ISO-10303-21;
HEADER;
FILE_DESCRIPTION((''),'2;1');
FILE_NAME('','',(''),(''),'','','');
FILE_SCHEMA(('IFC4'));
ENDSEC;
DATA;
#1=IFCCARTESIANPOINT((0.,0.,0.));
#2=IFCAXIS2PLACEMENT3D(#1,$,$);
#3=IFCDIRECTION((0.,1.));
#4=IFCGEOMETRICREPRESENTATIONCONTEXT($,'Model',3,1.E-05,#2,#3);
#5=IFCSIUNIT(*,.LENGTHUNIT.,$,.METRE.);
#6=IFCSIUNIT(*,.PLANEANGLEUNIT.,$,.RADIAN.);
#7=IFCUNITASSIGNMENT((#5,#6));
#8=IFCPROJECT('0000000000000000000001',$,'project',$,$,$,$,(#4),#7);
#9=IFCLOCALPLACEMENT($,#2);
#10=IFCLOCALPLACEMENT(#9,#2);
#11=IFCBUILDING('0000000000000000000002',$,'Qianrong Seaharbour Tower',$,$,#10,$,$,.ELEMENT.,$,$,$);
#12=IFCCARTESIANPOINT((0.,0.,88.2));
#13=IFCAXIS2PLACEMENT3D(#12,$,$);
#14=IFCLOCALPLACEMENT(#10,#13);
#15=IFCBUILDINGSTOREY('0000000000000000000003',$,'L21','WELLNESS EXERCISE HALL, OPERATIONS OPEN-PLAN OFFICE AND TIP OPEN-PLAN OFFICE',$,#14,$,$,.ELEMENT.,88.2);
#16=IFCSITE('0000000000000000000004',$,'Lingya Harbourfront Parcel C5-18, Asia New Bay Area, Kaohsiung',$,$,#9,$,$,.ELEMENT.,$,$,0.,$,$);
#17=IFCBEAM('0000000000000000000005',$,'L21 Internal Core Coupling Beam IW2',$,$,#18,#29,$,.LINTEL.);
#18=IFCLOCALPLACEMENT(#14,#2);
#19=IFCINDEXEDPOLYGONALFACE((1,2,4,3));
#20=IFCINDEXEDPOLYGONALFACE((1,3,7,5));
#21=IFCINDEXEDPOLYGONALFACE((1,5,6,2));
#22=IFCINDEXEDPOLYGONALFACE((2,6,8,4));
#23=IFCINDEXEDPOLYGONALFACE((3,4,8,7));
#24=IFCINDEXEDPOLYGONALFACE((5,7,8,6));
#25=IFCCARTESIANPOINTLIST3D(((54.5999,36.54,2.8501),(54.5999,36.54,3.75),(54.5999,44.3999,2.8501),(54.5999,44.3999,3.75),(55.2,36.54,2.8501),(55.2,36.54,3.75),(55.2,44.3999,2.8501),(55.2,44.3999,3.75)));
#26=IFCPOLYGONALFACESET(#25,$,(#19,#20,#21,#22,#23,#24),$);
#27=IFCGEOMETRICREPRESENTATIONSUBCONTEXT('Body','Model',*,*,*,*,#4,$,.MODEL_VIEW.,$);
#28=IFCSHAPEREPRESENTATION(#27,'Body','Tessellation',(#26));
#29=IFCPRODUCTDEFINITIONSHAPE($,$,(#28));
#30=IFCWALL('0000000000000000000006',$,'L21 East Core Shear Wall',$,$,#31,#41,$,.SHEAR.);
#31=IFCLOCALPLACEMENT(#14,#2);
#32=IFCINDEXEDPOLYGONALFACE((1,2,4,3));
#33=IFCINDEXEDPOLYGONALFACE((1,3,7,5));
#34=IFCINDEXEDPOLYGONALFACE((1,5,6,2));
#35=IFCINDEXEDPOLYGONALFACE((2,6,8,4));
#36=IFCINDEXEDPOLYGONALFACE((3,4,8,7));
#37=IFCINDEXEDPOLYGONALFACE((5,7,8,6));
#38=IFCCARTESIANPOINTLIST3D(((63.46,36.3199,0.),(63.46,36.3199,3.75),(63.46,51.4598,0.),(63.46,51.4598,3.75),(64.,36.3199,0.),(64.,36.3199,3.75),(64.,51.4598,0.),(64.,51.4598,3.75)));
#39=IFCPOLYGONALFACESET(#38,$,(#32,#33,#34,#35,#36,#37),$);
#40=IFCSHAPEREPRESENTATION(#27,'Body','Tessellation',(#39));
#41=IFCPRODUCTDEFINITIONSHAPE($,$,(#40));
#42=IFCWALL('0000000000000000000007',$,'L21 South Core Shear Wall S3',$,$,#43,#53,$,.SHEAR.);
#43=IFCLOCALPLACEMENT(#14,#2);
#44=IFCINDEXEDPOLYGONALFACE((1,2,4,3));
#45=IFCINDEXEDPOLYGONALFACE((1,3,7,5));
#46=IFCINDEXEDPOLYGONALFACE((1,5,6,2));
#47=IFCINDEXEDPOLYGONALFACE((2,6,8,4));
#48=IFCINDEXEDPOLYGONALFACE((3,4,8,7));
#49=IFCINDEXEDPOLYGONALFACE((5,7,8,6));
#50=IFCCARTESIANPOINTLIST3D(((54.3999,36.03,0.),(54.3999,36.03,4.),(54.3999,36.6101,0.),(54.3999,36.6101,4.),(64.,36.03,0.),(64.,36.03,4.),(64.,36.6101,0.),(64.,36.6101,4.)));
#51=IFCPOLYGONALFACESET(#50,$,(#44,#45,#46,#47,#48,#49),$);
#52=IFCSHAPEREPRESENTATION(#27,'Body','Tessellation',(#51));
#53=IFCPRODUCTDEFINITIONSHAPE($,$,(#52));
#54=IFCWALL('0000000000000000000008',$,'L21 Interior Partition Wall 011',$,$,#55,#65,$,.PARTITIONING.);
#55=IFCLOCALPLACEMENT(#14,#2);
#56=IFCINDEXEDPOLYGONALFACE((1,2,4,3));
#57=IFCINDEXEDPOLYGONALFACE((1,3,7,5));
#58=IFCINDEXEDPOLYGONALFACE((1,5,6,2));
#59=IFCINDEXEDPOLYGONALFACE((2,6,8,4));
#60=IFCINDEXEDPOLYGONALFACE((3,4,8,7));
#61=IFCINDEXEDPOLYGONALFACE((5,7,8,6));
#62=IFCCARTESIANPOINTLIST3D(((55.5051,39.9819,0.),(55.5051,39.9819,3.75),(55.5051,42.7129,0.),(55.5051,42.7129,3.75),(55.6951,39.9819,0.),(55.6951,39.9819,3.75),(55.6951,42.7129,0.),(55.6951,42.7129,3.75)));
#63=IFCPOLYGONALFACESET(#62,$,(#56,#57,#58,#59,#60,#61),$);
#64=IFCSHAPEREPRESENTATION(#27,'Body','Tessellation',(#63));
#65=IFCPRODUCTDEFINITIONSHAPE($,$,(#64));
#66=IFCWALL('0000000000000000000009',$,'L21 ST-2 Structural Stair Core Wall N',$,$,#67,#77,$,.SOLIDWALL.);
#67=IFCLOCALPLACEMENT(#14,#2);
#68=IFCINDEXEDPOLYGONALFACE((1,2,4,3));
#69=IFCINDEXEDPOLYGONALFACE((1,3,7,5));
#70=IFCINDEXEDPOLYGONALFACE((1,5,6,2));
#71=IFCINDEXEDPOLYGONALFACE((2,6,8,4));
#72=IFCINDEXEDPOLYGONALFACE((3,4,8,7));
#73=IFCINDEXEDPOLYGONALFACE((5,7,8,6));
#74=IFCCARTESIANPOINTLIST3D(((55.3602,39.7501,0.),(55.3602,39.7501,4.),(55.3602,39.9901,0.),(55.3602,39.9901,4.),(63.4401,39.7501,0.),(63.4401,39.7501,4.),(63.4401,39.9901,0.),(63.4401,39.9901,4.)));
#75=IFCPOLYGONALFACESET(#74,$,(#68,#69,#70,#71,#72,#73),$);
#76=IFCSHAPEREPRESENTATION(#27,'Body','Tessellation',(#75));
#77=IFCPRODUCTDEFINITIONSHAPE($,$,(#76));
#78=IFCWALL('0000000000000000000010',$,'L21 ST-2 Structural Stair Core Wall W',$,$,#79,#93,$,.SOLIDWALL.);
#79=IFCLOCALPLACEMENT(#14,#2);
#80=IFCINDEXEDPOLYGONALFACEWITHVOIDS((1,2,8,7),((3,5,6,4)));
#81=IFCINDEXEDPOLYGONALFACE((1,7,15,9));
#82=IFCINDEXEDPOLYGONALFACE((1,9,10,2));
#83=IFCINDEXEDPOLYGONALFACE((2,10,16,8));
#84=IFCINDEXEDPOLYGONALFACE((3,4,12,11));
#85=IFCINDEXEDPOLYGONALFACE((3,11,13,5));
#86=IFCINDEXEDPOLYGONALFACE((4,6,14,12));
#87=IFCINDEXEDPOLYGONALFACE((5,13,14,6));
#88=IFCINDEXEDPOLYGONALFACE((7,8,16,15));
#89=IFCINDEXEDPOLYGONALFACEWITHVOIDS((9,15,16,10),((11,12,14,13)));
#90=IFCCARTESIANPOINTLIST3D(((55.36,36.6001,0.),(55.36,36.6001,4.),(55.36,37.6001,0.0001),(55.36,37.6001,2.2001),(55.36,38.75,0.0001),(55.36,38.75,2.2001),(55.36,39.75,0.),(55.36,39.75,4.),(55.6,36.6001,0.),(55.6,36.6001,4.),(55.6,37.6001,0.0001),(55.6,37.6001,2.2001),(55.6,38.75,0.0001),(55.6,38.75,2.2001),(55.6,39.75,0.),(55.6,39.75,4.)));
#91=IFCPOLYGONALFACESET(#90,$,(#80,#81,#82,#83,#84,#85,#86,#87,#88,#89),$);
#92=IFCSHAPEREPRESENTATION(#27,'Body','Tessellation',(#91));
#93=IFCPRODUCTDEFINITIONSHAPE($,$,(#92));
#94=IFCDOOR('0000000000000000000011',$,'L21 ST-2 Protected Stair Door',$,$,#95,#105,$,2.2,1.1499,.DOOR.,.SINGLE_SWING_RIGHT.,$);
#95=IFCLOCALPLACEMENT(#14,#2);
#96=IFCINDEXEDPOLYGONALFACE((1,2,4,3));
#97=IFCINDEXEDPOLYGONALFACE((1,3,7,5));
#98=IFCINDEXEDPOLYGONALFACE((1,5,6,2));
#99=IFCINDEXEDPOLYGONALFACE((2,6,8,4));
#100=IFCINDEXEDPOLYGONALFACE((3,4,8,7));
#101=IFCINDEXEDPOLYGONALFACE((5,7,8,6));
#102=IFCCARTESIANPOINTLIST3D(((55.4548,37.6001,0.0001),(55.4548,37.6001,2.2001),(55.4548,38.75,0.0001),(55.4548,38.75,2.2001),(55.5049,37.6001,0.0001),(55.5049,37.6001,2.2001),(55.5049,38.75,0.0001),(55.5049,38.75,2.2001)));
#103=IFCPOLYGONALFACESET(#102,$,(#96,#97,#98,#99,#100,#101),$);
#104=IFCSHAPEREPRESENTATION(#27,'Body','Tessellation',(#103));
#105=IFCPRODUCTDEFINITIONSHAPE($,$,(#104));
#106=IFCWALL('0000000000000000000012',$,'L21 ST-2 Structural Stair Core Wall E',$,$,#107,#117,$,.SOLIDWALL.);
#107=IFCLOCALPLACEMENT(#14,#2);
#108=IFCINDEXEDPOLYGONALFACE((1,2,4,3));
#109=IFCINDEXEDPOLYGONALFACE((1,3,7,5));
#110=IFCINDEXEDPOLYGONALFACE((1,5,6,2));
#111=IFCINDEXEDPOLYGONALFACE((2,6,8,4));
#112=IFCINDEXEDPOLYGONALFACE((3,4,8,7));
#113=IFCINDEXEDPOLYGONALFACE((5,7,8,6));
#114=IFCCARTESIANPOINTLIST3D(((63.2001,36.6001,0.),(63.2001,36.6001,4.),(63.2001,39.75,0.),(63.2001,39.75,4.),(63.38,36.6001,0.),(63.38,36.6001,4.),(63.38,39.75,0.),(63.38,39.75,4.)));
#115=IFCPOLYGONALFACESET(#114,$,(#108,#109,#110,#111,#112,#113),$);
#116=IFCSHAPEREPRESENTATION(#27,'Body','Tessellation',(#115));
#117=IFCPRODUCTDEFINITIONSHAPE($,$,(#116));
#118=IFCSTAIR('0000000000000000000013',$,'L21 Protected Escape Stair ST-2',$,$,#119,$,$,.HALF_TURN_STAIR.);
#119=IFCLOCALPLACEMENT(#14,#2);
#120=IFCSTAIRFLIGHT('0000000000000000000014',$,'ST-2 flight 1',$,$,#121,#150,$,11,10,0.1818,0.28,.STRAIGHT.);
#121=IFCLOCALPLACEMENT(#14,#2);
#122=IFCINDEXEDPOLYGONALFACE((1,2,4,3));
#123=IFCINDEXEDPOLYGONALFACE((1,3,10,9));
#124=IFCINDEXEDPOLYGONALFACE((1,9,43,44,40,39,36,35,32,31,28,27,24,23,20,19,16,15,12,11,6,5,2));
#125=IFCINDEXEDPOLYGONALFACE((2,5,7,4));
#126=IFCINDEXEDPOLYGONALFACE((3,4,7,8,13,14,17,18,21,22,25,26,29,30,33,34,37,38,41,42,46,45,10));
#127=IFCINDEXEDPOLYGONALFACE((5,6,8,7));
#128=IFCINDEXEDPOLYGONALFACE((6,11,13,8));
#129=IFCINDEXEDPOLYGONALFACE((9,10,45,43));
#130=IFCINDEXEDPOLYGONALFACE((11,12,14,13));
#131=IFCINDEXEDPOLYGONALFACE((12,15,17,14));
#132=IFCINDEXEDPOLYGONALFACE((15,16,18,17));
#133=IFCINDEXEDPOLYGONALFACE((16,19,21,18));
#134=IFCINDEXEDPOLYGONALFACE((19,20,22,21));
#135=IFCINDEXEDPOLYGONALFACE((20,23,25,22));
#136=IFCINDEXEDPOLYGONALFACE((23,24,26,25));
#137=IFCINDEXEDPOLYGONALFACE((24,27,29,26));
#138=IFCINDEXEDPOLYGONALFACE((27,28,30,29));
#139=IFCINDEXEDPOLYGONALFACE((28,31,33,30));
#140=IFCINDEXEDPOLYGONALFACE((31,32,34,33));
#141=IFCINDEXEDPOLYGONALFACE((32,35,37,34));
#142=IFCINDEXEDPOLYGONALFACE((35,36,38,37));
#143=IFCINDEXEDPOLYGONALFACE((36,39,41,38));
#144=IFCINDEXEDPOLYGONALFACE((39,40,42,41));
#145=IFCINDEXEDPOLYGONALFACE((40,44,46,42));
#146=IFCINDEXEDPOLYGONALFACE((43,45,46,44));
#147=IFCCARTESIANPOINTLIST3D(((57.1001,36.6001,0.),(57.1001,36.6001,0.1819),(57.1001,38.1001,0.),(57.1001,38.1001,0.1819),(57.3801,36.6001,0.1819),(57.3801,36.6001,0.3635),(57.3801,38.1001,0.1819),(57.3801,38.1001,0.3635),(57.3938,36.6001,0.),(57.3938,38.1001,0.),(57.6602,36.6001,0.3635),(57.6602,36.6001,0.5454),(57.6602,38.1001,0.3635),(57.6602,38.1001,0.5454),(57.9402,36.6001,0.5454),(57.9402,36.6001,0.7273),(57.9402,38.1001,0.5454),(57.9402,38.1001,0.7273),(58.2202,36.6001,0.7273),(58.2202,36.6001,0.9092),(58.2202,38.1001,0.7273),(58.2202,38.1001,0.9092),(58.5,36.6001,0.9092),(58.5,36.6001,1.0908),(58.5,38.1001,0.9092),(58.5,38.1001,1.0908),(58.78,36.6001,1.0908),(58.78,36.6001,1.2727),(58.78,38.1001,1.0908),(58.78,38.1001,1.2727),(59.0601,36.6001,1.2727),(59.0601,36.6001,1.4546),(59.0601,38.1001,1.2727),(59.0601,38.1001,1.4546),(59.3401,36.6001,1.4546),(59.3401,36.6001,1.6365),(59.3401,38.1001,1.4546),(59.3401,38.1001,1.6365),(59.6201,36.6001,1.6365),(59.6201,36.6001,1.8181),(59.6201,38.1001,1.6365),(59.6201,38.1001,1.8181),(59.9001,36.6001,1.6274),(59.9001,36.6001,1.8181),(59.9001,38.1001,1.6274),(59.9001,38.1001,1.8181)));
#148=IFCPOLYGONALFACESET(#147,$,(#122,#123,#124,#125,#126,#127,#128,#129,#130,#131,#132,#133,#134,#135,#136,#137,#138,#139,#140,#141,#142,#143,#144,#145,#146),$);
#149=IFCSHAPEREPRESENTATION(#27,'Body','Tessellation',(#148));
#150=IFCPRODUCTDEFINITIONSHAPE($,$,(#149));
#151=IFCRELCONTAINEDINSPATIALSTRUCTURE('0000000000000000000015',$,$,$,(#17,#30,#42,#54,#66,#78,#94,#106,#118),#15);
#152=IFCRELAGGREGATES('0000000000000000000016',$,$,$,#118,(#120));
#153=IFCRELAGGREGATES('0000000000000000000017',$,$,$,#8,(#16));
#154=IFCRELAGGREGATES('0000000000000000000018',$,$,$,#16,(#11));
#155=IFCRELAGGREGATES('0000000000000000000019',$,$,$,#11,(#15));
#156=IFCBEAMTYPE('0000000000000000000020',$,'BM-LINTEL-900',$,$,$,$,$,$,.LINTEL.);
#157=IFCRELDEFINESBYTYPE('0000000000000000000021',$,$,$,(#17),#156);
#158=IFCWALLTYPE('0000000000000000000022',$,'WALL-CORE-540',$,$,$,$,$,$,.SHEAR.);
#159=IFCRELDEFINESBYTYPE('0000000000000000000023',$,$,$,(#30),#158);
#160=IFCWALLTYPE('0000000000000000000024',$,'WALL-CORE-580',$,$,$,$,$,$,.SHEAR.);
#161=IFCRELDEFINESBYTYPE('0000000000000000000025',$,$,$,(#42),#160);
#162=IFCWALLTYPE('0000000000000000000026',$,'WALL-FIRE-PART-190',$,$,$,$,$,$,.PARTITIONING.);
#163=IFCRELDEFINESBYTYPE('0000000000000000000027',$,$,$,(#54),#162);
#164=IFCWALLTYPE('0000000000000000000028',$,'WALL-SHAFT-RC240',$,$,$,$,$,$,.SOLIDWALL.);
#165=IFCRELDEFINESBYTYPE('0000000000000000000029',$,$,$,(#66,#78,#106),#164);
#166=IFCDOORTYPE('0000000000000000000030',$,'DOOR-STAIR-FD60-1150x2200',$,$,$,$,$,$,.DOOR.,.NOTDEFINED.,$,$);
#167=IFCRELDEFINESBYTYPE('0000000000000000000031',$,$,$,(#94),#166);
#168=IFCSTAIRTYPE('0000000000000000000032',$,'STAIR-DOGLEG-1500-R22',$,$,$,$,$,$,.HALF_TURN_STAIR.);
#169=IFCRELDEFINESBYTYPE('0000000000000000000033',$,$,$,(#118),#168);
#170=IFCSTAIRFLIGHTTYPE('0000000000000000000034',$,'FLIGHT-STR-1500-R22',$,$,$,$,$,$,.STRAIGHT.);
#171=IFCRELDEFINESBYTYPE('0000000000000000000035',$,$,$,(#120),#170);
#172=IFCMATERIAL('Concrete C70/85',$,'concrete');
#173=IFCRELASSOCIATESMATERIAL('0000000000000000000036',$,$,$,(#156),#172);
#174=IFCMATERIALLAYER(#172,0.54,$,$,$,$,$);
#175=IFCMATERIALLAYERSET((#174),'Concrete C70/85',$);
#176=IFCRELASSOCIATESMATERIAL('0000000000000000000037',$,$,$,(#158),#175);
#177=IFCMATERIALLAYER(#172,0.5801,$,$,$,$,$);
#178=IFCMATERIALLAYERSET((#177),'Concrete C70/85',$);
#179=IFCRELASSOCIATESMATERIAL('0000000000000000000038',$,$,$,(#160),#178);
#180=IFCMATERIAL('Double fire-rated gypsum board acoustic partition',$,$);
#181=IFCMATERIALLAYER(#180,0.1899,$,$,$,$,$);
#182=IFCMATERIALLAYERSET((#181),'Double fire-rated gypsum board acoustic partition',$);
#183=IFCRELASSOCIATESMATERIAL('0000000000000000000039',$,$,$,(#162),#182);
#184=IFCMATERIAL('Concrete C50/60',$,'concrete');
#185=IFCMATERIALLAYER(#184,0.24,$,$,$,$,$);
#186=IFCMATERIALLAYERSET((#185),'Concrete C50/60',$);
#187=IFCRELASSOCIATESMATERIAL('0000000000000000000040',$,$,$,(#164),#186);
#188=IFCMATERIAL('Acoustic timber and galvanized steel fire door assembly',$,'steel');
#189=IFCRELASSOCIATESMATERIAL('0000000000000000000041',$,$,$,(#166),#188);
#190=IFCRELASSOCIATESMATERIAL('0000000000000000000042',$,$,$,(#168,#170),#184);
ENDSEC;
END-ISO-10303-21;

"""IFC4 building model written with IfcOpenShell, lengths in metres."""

from ifc_helpers import new_model, si_unit, direction, frame, frame_2d, origin, origin_2d, place, context, subcontext, project, spatial, polyline, rectangle, outline, extrude, material, layer, layer_set, material_profile, profile_set, type_object, element, fill, aggregate, save


model = new_model("IFC4")

# Units and contexts
model_context = context("Model", 3, precision=1e-05, world=origin(), true_north=direction((0.0, 1.0)))
body_context = subcontext(model_context, "Body", "Model", "MODEL_VIEW")
ifc_project = project(units=[si_unit("LENGTHUNIT", "METRE"), si_unit("PLANEANGLEUNIT", "RADIAN")], contexts=[model_context])

# Site, building, storey
site_placement = place(None, origin())
site = spatial("IfcSite", under=ifc_project, at=site_placement, Name="Lingya Harbourfront Parcel C5-18, Asia New Bay Area, Kaohsiung", CompositionType="ELEMENT", RefElevation=0.0)
building_placement = place(site_placement, origin())
building = spatial("IfcBuilding", under=site, at=building_placement, Name="Qianrong Seaharbour Tower", CompositionType="ELEMENT")
storey_placement = place(building_placement, frame((0.0, 0.0, 88.2)))
storey = spatial("IfcBuildingStorey", under=building, at=storey_placement, Name="L21", Description="WELLNESS EXERCISE HALL, OPERATIONS OPEN-PLAN OFFICE AND TIP OPEN-PLAN OFFICE", CompositionType="ELEMENT", Elevation=88.2)

# Beam
ifc_material_1 = material(Name="Concrete C70/85", Category="concrete")
ifc_material_profile = material_profile(ifc_material_1, rectangle(XDim=0.6001, YDim=0.8999, at=origin_2d()), Name="RC600x900")
ifc_profile_set = profile_set([ifc_material_profile], Name="Concrete C70/85")
beam_type = type_object("IfcBeamType", Name="BM-LINTEL-900", PredefinedType="LINTEL", material=ifc_profile_set)
beam_placement = place(storey_placement, frame((54.8999, 36.54, 3.3), z_axis=(0.0, 1.0, 0.0), x_axis=(-1.0, 0.0, 0.0)))
element("IfcBeam", 1, at=beam_placement, inside=storey, type_object=beam_type, Name="L21 Internal Core Coupling Beam IW2", PredefinedType="LINTEL", context=body_context, shape_type="SweptSolid", body=[
    extrude(rectangle(XDim=0.6001, YDim=0.8999, at=origin_2d()), origin(), (0.0, 0.0, 1.0), 7.8599),
])

# Walls
ifc_layer_1 = layer(ifc_material_1, 0.54)
ifc_layer_set_1 = layer_set([ifc_layer_1], Name="Concrete C70/85")
wall_type_1 = type_object("IfcWallType", Name="WALL-CORE-540", PredefinedType="SHEAR", material=ifc_layer_set_1)
wall_1_placement = place(storey_placement, frame((63.73, 36.3201, 0.0), z_axis=(0.0, 0.0, 1.0), x_axis=(0.0, 1.0, 0.0)))
element("IfcWall", 2, at=wall_1_placement, inside=storey, type_object=wall_type_1, Name="L21 East Core Shear Wall", PredefinedType="SHEAR", context=body_context, shape_type="SweptSolid", body=[
    extrude(rectangle(XDim=15.1399, YDim=0.54, at=frame_2d((7.5698, 0.0))), origin(), (0.0, 0.0, 1.0), 3.75),
])
ifc_layer_2 = layer(ifc_material_1, 0.5801)
ifc_layer_set_2 = layer_set([ifc_layer_2], Name="Concrete C70/85")
wall_type_2 = type_object("IfcWallType", Name="WALL-CORE-580", PredefinedType="SHEAR", material=ifc_layer_set_2)
wall_2_placement = place(storey_placement, frame((54.3999, 36.3201, 0.0), z_axis=(0.0, 0.0, 1.0), x_axis=(1.0, 0.0, 0.0)))
element("IfcWall", 3, at=wall_2_placement, inside=storey, type_object=wall_type_2, Name="L21 South Core Shear Wall S3", PredefinedType="SHEAR", context=body_context, shape_type="SweptSolid", body=[
    extrude(rectangle(XDim=9.6001, YDim=0.5801, at=frame_2d((4.8, 0.0))), origin(), (0.0, 0.0, 1.0), 4.0),
])
ifc_material_2 = material(Name="Double fire-rated gypsum board acoustic partition")
ifc_layer_3 = layer(ifc_material_2, 0.1899)
ifc_layer_set_3 = layer_set([ifc_layer_3], Name="Double fire-rated gypsum board acoustic partition")
wall_type_3 = type_object("IfcWallType", Name="WALL-FIRE-PART-190", PredefinedType="PARTITIONING", material=ifc_layer_set_3)
wall_3_placement = place(storey_placement, frame((55.6001, 42.7129, 0.0), z_axis=(0.0, 0.0, 1.0), x_axis=(0.0, -1.0, 0.0)))
element("IfcWall", 4, at=wall_3_placement, inside=storey, type_object=wall_type_3, Name="L21 Interior Partition Wall 011", PredefinedType="PARTITIONING", context=body_context, shape_type="SweptSolid", body=[
    extrude(rectangle(XDim=2.731, YDim=0.1899, at=frame_2d((1.3655, 0.0))), origin(), (0.0, 0.0, 1.0), 3.75),
])
ifc_material_3 = material(Name="Concrete C50/60", Category="concrete")
ifc_layer_4 = layer(ifc_material_3, 0.24)
ifc_layer_set_4 = layer_set([ifc_layer_4], Name="Concrete C50/60")
wall_type_4 = type_object("IfcWallType", Name="WALL-SHAFT-RC240", PredefinedType="SOLIDWALL", material=ifc_layer_set_4)
wall_4_placement = place(storey_placement, frame((55.3601, 39.8701, 0.0), z_axis=(0.0, 0.0, 1.0), x_axis=(1.0, 0.0, 0.0)))
element("IfcWall", 5, at=wall_4_placement, inside=storey, type_object=wall_type_4, Name="L21 ST-2 Structural Stair Core Wall N", PredefinedType="SOLIDWALL", context=body_context, shape_type="SweptSolid", body=[
    extrude(rectangle(XDim=8.0798, YDim=0.24, at=frame_2d((4.04, 0.0))), origin(), (0.0, 0.0, 1.0), 4.0),
])

# Wall, opening, door
wall_5_placement = place(storey_placement, frame((55.48, 39.75, 0.0), z_axis=(0.0, 0.0, 1.0), x_axis=(0.0, -1.0, 0.0)))
wall_5 = element("IfcWall", 6, at=wall_5_placement, inside=storey, type_object=wall_type_4, Name="L21 ST-2 Structural Stair Core Wall W", PredefinedType="SOLIDWALL", context=body_context, shape_type="SweptSolid", body=[
    extrude(rectangle(XDim=3.1499, YDim=0.24, at=frame_2d((1.575, 0.0))), origin(), (0.0, 0.0, 1.0), 4.0),
])
opening_placement = place(wall_5_placement, frame((1.0, 0.0, 0.0)))
opening = element("IfcOpeningElement", 7, at=opening_placement, cuts=wall_5, PredefinedType="OPENING", context=body_context, shape_type="SweptSolid", body=[
    extrude(rectangle(XDim=1.1499, YDim=2.2, at=frame_2d((0.575, 1.1001))), frame((0.0, 0.1299, 0.0), z_axis=(0.0, -1.0, 0.0), x_axis=(1.0, 0.0, 0.0)), (0.0, 0.0, 1.0), 0.26),
])
ifc_material_4 = material(Name="Acoustic timber and galvanized steel fire door assembly", Category="steel")
door_type = type_object("IfcDoorType", Name="DOOR-STAIR-FD60-1150x2200", OperationType="NOTDEFINED", PredefinedType="DOOR", material=ifc_material_4)
door_placement = place(opening_placement, origin())
door = element("IfcDoor", 8, at=door_placement, inside=storey, type_object=door_type, Name="L21 ST-2 Protected Stair Door", OperationType="SINGLE_SWING_RIGHT", OverallHeight=2.2, OverallWidth=1.1499, PredefinedType="DOOR", context=body_context, shape_type="SweptSolid", body=[
    extrude(rectangle(XDim=1.1499, YDim=2.2, at=frame_2d((0.575, 1.1001))), frame((0.0, 0.0249, 0.0), z_axis=(0.0, -1.0, 0.0), x_axis=(1.0, 0.0, 0.0)), (0.0, 0.0, 1.0), 0.05),
])
fill(opening, door)

# Wall
wall_6_placement = place(storey_placement, frame((63.29, 36.6001, 0.0), z_axis=(0.0, 0.0, 1.0), x_axis=(0.0, 1.0, 0.0)))
element("IfcWall", 9, at=wall_6_placement, inside=storey, type_object=wall_type_4, Name="L21 ST-2 Structural Stair Core Wall E", PredefinedType="SOLIDWALL", context=body_context, shape_type="SweptSolid", body=[
    extrude(rectangle(XDim=3.1499, YDim=0.1799, at=frame_2d((1.575, 0.0))), origin(), (0.0, 0.0, 1.0), 4.0),
])

# Stair, stair flight
stair_type = type_object("IfcStairType", Name="STAIR-DOGLEG-1500-R22", PredefinedType="HALF_TURN_STAIR", material=ifc_material_3)
stair_placement = place(storey_placement, origin())
stair = element("IfcStair", 10, at=stair_placement, inside=storey, type_object=stair_type, Name="L21 Protected Escape Stair ST-2", PredefinedType="HALF_TURN_STAIR")
stair_flight_type = type_object("IfcStairFlightType", Name="FLIGHT-STR-1500-R22", PredefinedType="STRAIGHT", material=ifc_material_3)
stair_flight_1_placement = place(storey_placement, frame((57.1001, 37.3501, 0.0), z_axis=(0.0, 0.0, 1.0), x_axis=(1.0, 0.0, 0.0)))
stair_flight_1 = element("IfcStairFlight", 11, at=stair_flight_1_placement, type_object=stair_flight_type, Name="ST-2 flight 1", NumberOfRisers=11, NumberOfTreads=10, PredefinedType="STRAIGHT", RiserHeight=0.1818, TreadLength=0.28, context=body_context, shape_type="SweptSolid", body=[
    extrude(outline(polyline([(0.0, 0.0), (0.0, 0.1819), (0.28, 0.1819), (0.28, 0.3635), (0.5601, 0.3635), (0.5601, 0.5454), (0.8401, 0.5454), (0.8401, 0.7273), (1.1201, 0.7273), (1.1201, 0.9092), (1.3999, 0.9092), (1.3999, 1.0908), (1.6799, 1.0908), (1.6799, 1.2727), (1.96, 1.2727), (1.96, 1.4546), (2.24, 1.4546), (2.24, 1.6365), (2.52, 1.6365), (2.52, 1.8181), (2.8, 1.8181), (2.8, 2.0), (2.8, 1.6274), (0.2937, 0.0), (0.0, 0.0)])), frame((0.0, 0.75, 0.0), z_axis=(0.0, -1.0, 0.0), x_axis=(1.0, 0.0, 0.0)), (0.0, 0.0, 1.0), 1.5),
])
aggregate(stair, [stair_flight_1])

save(model, "model.ifc")
